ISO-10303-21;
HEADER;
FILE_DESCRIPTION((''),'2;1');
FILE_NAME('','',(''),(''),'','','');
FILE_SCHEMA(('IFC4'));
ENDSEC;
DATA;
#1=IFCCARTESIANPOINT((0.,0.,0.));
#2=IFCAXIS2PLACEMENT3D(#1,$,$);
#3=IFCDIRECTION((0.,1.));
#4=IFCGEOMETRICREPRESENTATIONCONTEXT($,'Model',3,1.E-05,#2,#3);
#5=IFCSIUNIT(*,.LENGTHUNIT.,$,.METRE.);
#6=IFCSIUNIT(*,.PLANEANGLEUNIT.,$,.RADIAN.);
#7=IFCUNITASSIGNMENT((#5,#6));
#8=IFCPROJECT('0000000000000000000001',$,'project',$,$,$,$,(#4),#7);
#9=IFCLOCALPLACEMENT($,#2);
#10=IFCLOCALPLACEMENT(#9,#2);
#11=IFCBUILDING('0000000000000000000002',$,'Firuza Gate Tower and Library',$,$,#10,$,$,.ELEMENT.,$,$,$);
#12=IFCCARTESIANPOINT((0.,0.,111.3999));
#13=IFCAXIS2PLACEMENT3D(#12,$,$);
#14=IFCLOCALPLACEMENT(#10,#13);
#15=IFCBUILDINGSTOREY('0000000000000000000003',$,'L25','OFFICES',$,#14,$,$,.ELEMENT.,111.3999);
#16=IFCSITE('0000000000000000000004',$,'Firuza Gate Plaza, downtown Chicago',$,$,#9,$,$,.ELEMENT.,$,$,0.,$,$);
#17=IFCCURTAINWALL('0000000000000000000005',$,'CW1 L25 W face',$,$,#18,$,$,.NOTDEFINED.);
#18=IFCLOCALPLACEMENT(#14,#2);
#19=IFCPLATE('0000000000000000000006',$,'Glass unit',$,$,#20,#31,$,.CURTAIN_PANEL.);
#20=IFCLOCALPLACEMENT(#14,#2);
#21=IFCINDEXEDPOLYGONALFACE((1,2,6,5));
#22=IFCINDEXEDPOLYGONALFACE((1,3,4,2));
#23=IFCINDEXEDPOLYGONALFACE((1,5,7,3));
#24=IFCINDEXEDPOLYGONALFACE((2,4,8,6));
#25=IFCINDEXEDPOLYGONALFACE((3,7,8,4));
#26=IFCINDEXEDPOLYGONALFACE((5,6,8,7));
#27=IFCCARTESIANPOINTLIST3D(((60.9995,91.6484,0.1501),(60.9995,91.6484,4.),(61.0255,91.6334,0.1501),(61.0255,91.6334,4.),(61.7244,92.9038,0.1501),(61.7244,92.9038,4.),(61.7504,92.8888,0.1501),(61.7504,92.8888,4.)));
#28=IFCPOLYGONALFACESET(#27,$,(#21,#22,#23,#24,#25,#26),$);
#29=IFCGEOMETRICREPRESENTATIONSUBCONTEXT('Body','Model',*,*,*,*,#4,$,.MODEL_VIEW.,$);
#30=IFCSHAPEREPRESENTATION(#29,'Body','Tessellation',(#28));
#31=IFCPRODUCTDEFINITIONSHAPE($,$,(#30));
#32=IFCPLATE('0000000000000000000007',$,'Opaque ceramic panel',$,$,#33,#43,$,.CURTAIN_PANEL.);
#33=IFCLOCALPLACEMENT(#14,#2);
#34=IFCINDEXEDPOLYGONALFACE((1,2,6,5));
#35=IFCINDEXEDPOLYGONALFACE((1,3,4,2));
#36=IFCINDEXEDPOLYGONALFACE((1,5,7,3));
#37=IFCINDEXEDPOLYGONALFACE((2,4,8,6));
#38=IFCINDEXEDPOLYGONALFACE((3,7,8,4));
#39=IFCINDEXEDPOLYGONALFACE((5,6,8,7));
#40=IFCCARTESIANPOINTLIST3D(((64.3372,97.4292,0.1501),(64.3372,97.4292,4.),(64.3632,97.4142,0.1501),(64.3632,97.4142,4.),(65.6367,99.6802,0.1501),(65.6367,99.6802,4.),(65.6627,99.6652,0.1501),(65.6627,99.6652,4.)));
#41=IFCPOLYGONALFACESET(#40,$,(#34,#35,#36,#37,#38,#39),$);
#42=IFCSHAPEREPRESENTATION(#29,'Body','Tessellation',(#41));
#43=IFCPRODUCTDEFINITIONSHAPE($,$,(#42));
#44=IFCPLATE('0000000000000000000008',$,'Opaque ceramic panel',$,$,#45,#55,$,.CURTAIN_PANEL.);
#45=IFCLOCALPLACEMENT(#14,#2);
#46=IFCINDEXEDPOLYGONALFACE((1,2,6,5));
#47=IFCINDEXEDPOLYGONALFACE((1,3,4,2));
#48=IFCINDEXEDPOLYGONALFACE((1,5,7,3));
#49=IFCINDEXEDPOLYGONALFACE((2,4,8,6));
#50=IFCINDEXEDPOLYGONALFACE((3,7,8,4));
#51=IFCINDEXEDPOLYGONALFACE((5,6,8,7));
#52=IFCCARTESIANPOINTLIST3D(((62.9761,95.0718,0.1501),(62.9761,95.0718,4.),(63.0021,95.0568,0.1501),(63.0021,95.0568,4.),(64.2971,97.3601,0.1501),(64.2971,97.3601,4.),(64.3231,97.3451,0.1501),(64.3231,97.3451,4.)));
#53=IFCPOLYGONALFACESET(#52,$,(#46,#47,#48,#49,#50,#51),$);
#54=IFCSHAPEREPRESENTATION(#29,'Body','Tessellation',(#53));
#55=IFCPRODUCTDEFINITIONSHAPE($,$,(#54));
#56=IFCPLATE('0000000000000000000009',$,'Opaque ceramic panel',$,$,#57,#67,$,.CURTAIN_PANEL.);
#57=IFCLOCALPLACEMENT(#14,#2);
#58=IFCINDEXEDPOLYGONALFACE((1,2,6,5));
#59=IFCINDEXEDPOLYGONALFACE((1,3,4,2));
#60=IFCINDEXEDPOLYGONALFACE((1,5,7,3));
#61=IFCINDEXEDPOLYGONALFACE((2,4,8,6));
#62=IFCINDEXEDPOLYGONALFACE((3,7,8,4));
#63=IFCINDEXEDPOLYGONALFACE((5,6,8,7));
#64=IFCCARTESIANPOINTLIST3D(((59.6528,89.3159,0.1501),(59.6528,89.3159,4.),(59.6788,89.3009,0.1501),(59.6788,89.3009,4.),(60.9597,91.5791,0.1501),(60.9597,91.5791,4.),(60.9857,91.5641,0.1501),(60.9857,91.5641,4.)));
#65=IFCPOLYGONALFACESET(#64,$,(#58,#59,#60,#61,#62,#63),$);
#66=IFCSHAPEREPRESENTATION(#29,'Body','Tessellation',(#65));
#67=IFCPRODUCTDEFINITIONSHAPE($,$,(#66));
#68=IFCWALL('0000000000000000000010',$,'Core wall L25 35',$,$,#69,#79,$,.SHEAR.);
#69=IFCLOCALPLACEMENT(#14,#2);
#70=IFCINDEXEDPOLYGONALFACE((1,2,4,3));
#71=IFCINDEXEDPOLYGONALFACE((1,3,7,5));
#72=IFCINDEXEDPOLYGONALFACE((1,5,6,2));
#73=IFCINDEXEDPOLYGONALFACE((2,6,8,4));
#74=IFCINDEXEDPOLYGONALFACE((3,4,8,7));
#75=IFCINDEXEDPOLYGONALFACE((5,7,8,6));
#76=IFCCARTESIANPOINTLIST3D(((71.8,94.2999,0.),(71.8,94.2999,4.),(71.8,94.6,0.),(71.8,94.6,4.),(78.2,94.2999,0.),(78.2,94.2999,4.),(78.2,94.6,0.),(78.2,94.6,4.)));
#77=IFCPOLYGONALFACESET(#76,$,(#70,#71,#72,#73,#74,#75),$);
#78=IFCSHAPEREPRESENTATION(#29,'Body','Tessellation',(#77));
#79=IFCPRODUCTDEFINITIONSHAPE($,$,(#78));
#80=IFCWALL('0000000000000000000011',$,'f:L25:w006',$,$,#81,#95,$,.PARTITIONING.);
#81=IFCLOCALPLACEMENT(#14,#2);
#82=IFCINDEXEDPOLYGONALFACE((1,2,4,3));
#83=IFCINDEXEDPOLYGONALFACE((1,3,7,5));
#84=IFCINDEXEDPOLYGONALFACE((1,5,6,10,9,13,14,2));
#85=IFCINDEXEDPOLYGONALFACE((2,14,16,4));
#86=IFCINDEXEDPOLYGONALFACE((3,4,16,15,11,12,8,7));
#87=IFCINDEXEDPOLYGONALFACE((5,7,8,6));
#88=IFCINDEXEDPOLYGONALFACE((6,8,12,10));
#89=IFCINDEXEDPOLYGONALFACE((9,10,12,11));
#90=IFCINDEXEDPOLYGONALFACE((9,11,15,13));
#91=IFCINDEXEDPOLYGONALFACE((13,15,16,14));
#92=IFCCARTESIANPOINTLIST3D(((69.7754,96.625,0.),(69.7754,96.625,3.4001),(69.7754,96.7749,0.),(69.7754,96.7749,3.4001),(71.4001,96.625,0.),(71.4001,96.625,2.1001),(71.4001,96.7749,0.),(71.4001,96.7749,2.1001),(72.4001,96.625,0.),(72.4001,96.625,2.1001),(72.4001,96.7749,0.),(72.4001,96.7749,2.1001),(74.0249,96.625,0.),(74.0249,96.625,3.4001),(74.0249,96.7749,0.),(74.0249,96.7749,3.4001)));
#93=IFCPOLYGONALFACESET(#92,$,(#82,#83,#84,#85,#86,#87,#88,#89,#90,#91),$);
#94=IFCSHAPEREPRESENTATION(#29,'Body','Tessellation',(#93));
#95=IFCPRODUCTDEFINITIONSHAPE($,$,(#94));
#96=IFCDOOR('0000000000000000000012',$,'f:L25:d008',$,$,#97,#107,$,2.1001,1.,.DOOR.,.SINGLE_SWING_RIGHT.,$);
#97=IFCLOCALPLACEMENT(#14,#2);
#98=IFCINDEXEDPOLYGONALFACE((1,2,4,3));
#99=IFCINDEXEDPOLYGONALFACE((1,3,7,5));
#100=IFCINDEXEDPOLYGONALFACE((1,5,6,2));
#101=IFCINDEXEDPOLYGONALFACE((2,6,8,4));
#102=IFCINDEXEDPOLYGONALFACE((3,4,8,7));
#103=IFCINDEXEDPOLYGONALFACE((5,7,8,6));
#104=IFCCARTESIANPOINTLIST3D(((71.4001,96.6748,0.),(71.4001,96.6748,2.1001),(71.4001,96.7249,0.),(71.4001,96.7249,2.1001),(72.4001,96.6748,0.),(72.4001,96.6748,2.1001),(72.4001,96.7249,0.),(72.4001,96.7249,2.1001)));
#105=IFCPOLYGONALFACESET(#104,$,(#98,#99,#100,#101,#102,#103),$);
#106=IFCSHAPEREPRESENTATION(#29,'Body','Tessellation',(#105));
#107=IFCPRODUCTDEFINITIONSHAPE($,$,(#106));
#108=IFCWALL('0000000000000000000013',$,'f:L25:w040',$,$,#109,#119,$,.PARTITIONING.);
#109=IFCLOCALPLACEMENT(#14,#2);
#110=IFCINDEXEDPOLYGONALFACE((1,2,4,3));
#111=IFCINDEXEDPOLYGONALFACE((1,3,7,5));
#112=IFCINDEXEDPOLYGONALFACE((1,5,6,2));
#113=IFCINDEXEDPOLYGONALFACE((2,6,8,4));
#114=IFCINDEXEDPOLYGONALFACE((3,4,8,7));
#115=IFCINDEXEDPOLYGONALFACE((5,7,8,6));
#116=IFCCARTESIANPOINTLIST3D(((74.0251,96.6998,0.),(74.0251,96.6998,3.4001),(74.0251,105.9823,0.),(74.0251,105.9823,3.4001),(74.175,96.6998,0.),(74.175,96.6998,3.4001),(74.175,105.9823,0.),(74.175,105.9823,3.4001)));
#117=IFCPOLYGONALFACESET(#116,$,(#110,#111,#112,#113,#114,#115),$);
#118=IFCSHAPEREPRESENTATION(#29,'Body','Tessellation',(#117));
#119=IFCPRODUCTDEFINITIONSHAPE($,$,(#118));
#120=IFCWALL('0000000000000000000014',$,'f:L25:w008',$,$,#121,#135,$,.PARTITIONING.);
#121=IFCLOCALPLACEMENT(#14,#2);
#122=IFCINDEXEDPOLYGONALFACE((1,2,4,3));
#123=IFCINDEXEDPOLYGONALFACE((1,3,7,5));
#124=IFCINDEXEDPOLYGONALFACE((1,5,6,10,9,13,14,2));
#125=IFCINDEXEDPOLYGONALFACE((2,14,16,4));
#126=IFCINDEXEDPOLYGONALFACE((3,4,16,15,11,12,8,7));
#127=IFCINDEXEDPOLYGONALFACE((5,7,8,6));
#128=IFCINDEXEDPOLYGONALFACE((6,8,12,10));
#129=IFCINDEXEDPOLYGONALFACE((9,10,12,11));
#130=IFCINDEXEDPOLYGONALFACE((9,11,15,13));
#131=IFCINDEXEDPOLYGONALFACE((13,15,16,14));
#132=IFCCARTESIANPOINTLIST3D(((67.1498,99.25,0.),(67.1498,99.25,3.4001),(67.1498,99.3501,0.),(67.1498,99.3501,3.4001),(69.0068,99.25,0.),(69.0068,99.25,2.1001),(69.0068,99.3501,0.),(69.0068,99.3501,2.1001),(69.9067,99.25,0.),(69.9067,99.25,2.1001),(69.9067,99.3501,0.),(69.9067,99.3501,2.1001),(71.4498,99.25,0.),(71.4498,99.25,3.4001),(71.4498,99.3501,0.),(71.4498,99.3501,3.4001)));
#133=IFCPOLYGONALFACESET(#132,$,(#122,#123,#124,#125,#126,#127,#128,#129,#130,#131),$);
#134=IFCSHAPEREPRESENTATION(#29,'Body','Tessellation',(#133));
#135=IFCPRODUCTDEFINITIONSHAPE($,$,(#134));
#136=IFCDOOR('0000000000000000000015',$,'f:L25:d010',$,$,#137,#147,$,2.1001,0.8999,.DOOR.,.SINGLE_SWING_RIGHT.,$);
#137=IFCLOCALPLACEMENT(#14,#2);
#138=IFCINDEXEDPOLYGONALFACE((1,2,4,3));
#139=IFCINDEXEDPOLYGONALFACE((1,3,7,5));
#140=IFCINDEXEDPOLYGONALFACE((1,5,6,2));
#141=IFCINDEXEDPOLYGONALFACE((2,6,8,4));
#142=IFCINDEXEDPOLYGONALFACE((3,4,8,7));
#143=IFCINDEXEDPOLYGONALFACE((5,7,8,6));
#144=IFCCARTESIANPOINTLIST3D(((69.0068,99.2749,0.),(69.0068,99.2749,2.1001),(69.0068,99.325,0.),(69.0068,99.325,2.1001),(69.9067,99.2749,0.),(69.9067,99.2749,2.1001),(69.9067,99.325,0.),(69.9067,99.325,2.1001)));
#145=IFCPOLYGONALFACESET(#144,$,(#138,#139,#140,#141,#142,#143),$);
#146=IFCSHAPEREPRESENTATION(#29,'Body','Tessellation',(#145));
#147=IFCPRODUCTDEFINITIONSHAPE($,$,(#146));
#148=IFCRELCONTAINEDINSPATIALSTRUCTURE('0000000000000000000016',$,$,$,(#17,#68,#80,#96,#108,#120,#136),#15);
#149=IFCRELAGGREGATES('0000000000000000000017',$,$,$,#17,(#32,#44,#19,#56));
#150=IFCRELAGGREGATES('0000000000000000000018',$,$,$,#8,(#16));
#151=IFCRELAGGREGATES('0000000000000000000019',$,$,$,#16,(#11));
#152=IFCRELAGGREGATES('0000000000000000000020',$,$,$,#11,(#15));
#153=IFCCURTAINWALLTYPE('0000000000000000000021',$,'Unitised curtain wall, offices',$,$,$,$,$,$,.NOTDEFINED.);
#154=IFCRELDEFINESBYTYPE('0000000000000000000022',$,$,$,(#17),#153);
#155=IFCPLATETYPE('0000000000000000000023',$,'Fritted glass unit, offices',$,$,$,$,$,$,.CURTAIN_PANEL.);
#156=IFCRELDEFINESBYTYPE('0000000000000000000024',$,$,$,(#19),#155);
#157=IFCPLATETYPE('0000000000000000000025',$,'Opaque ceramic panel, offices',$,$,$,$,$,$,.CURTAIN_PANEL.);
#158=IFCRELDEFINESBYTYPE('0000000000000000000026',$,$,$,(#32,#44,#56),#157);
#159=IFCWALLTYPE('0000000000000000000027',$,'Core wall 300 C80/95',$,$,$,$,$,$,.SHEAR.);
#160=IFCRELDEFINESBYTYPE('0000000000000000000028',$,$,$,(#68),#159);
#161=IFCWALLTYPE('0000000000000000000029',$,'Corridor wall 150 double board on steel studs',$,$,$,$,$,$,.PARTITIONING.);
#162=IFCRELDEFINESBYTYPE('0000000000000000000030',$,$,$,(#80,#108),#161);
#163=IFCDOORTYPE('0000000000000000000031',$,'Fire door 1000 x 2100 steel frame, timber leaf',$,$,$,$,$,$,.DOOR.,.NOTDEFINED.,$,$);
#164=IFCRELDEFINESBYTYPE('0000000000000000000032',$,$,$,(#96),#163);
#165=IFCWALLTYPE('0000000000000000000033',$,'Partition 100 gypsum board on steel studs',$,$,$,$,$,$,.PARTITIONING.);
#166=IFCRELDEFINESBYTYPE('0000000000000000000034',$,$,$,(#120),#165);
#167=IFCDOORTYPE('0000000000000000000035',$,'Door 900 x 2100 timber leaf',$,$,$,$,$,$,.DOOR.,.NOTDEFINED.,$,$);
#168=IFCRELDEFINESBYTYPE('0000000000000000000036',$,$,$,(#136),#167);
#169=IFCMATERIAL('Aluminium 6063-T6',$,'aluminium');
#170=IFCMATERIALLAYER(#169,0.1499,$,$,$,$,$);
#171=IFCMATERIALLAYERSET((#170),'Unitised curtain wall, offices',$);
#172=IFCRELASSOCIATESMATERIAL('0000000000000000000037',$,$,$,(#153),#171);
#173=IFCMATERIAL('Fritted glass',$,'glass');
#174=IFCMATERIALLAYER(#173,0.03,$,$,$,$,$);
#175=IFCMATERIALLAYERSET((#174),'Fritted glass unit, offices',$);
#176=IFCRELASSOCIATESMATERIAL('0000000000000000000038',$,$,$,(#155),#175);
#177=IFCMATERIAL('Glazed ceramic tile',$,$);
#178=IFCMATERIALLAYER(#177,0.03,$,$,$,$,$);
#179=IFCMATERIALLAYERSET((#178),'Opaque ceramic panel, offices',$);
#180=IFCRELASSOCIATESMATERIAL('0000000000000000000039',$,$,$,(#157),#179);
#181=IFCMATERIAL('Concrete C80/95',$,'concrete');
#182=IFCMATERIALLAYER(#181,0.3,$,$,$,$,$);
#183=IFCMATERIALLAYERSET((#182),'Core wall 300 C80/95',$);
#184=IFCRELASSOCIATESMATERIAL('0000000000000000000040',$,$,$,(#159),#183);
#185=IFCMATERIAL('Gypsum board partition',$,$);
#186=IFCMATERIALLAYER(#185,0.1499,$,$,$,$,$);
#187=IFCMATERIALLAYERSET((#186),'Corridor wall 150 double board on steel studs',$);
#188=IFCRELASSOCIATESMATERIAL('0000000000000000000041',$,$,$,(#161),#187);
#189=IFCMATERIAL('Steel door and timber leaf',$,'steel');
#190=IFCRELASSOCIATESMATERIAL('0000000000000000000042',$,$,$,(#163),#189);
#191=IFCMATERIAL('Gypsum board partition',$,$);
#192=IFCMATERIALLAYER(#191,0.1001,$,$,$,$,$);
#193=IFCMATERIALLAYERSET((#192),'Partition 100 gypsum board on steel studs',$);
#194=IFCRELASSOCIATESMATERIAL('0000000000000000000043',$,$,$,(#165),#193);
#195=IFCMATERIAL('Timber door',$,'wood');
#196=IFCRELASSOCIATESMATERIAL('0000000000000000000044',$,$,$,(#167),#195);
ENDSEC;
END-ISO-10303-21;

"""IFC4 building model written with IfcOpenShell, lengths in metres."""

from ifc_helpers import new_model, si_unit, direction, frame, frame_2d, origin, place, context, subcontext, project, spatial, polyline, rectangle, outline, extrude, material, layer, layer_set, type_object, element, fill, aggregate, save


model = new_model("IFC4")

# Units and contexts
model_context = context("Model", 3, precision=1e-05, world=origin(), true_north=direction((0.0, 1.0)))
body_context = subcontext(model_context, "Body", "Model", "MODEL_VIEW")
ifc_project = project(units=[si_unit("LENGTHUNIT", "METRE"), si_unit("PLANEANGLEUNIT", "RADIAN")], contexts=[model_context])

# Site, building, storey
site_placement = place(None, origin())
site = spatial("IfcSite", under=ifc_project, at=site_placement, Name="Firuza Gate Plaza, downtown Chicago", CompositionType="ELEMENT", RefElevation=0.0)
building_placement = place(site_placement, origin())
building = spatial("IfcBuilding", under=site, at=building_placement, Name="Firuza Gate Tower and Library", CompositionType="ELEMENT")
storey_placement = place(building_placement, frame((0.0, 0.0, 111.3999)))
storey = spatial("IfcBuildingStorey", under=building, at=storey_placement, Name="L25", Description="OFFICES", CompositionType="ELEMENT", Elevation=111.3999)

# Curtain wall
ifc_material_1 = material(Name="Aluminium 6063-T6", Category="aluminium")
ifc_layer_1 = layer(ifc_material_1, 0.1499)
ifc_layer_set_1 = layer_set([ifc_layer_1], Name="Unitised curtain wall, offices")
curtain_wall_type = type_object("IfcCurtainWallType", Name="Unitised curtain wall, offices", PredefinedType="NOTDEFINED", material=ifc_layer_set_1)
placement = place(storey_placement, origin())
curtain_wall = element("IfcCurtainWall", 1, at=placement, inside=storey, type_object=curtain_wall_type, Name="CW1 L25 W face", PredefinedType="NOTDEFINED")

# Plates
ifc_material_2 = material(Name="Fritted glass", Category="glass")
ifc_layer_2 = layer(ifc_material_2, 0.03)
ifc_layer_set_2 = layer_set([ifc_layer_2], Name="Fritted glass unit, offices")
plate_type_1 = type_object("IfcPlateType", Name="Fritted glass unit, offices", PredefinedType="CURTAIN_PANEL", material=ifc_layer_set_2)
plate_1_placement = place(storey_placement, frame((61.7244, 92.9038, 0.1501), z_axis=(-0.866006, 0.500033, 0.0), x_axis=(-0.500033, -0.866006, 0.0)))
plate_1 = element("IfcPlate", 2, at=plate_1_placement, type_object=plate_type_1, Name="Glass unit", PredefinedType="CURTAIN_PANEL", context=body_context, shape_type="SweptSolid", body=[
    extrude(outline(polyline([(0.0, 0.0), (1.4496, 0.0), (1.4496, 3.8499), (0.0, 3.8499), (0.0, 0.0)])), origin(), (0.0, 0.0, -1.0), 0.03),
])
ifc_material_3 = material(Name="Glazed ceramic tile")
ifc_layer_3 = layer(ifc_material_3, 0.03)
ifc_layer_set_3 = layer_set([ifc_layer_3], Name="Opaque ceramic panel, offices")
plate_type_2 = type_object("IfcPlateType", Name="Opaque ceramic panel, offices", PredefinedType="CURTAIN_PANEL", material=ifc_layer_set_3)
plate_2_placement = place(storey_placement, frame((65.6367, 99.6802, 0.1501), z_axis=(-0.866032, 0.499988, 0.0), x_axis=(-0.499988, -0.866032, 0.0)))
plate_2 = element("IfcPlate", 3, at=plate_2_placement, type_object=plate_type_2, Name="Opaque ceramic panel", PredefinedType="CURTAIN_PANEL", context=body_context, shape_type="SweptSolid", body=[
    extrude(outline(polyline([(0.0, 0.0), (2.5992, 0.0), (2.5992, 3.8499), (0.0, 3.8499), (0.0, 0.0)])), origin(), (0.0, 0.0, -1.0), 0.03),
])
plate_3_placement = place(storey_placement, frame((64.2971, 97.3601, 0.1501), z_axis=(-0.866046, 0.499965, 0.0), x_axis=(-0.499965, -0.866046, 0.0)))
plate_3 = element("IfcPlate", 4, at=plate_3_placement, type_object=plate_type_2, Name="Opaque ceramic panel", PredefinedType="CURTAIN_PANEL", context=body_context, shape_type="SweptSolid", body=[
    extrude(outline(polyline([(0.0, 0.0), (2.6423, 0.0), (2.6423, 3.8499), (0.0, 3.8499), (0.0, 0.0)])), origin(), (0.0, 0.0, -1.0), 0.03),
])
plate_4_placement = place(storey_placement, frame((60.9597, 91.5791, 0.1501), z_axis=(-0.865986, 0.500067, 0.0), x_axis=(-0.500067, -0.865986, 0.0)))
plate_4 = element("IfcPlate", 5, at=plate_4_placement, type_object=plate_type_2, Name="Opaque ceramic panel", PredefinedType="CURTAIN_PANEL", context=body_context, shape_type="SweptSolid", body=[
    extrude(outline(polyline([(0.0, 0.0), (2.6134, 0.0), (2.6134, 3.8499), (0.0, 3.8499), (0.0, 0.0)])), origin(), (0.0, 0.0, -1.0), 0.03),
])
aggregate(curtain_wall, [plate_2, plate_3, plate_1, plate_4])

# Wall
ifc_material_4 = material(Name="Concrete C80/95", Category="concrete")
ifc_layer_4 = layer(ifc_material_4, 0.3)
ifc_layer_set_4 = layer_set([ifc_layer_4], Name="Core wall 300 C80/95")
wall_type_1 = type_object("IfcWallType", Name="Core wall 300 C80/95", PredefinedType="SHEAR", material=ifc_layer_set_4)
wall_1_placement = place(storey_placement, frame((71.8, 94.45, 0.0), z_axis=(0.0, 0.0, 1.0), x_axis=(1.0, 0.0, 0.0)))
element("IfcWall", 6, at=wall_1_placement, inside=storey, type_object=wall_type_1, Name="Core wall L25 35", PredefinedType="SHEAR", context=body_context, shape_type="SweptSolid", body=[
    extrude(rectangle(XDim=6.3999, YDim=0.3, at=frame_2d((3.2, 0.0))), origin(), (0.0, 0.0, 1.0), 4.0),
])

# Wall, opening, door
ifc_material_5 = material(Name="Gypsum board partition")
ifc_layer_5 = layer(ifc_material_5, 0.1499)
ifc_layer_set_5 = layer_set([ifc_layer_5], Name="Corridor wall 150 double board on steel studs")
wall_type_2 = type_object("IfcWallType", Name="Corridor wall 150 double board on steel studs", PredefinedType="PARTITIONING", material=ifc_layer_set_5)
wall_2_placement = place(storey_placement, frame((69.7754, 96.7, 0.0), z_axis=(0.0, 0.0, 1.0), x_axis=(1.0, 0.0, 0.0)))
wall_2 = element("IfcWall", 7, at=wall_2_placement, inside=storey, type_object=wall_type_2, Name="f:L25:w006", PredefinedType="PARTITIONING", context=body_context, shape_type="SweptSolid", body=[
    extrude(rectangle(XDim=4.2495, YDim=0.1499, at=frame_2d((2.1248, 0.0))), origin(), (0.0, 0.0, 1.0), 3.4001),
])
opening_1_placement = place(wall_2_placement, frame((1.6248, 0.0, 0.0)))
opening_1 = element("IfcOpeningElement", 8, at=opening_1_placement, cuts=wall_2, PredefinedType="OPENING", context=body_context, shape_type="SweptSolid", body=[
    extrude(rectangle(XDim=1.0, YDim=2.1001, at=frame_2d((0.5, 1.05))), frame((0.0, 0.085, 0.0), z_axis=(0.0, -1.0, 0.0), x_axis=(1.0, 0.0, 0.0)), (0.0, 0.0, 1.0), 0.1699),
])
ifc_material_6 = material(Name="Steel door and timber leaf", Category="steel")
door_type_1 = type_object("IfcDoorType", Name="Fire door 1000 x 2100 steel frame, timber leaf", OperationType="NOTDEFINED", PredefinedType="DOOR", material=ifc_material_6)
door_1_placement = place(opening_1_placement, origin())
door_1 = element("IfcDoor", 9, at=door_1_placement, inside=storey, type_object=door_type_1, Name="f:L25:d008", OperationType="SINGLE_SWING_RIGHT", OverallHeight=2.1001, OverallWidth=1.0, PredefinedType="DOOR", context=body_context, shape_type="SweptSolid", body=[
    extrude(rectangle(XDim=1.0, YDim=2.1001, at=frame_2d((0.5, 1.05))), frame((0.0, 0.0249, 0.0), z_axis=(0.0, -1.0, 0.0), x_axis=(1.0, 0.0, 0.0)), (0.0, 0.0, 1.0), 0.05),
])
fill(opening_1, door_1)

# Wall
wall_3_placement = place(storey_placement, frame((74.1001, 96.7, 0.0), z_axis=(0.0, 0.0, 1.0), x_axis=(0.0, 1.0, 0.0)))
element("IfcWall", 10, at=wall_3_placement, inside=storey, type_object=wall_type_2, Name="f:L25:w040", PredefinedType="PARTITIONING", context=body_context, shape_type="SweptSolid", body=[
    extrude(rectangle(XDim=9.2825, YDim=0.1499, at=frame_2d((4.6411, 0.0))), origin(), (0.0, 0.0, 1.0), 3.4001),
])

# Wall, opening, door
ifc_material_7 = material(Name="Gypsum board partition")
ifc_layer_6 = layer(ifc_material_7, 0.1001)
ifc_layer_set_6 = layer_set([ifc_layer_6], Name="Partition 100 gypsum board on steel studs")
wall_type_3 = type_object("IfcWallType", Name="Partition 100 gypsum board on steel studs", PredefinedType="PARTITIONING", material=ifc_layer_set_6)
wall_4_placement = place(storey_placement, frame((67.1499, 99.3, 0.0), z_axis=(0.0, 0.0, 1.0), x_axis=(1.0, 0.0, 0.0)))
wall_4 = element("IfcWall", 11, at=wall_4_placement, inside=storey, type_object=wall_type_3, Name="f:L25:w008", PredefinedType="PARTITIONING", context=body_context, shape_type="SweptSolid", body=[
    extrude(rectangle(XDim=4.3, YDim=0.1001, at=frame_2d((2.1499, 0.0))), origin(), (0.0, 0.0, 1.0), 3.4001),
])
opening_2_placement = place(wall_4_placement, frame((1.8569, 0.0, 0.0)))
opening_2 = element("IfcOpeningElement", 12, at=opening_2_placement, cuts=wall_4, PredefinedType="OPENING", context=body_context, shape_type="SweptSolid", body=[
    extrude(rectangle(XDim=0.8999, YDim=2.1001, at=frame_2d((0.45, 1.05))), frame((0.0, 0.0601, 0.0), z_axis=(0.0, -1.0, 0.0), x_axis=(1.0, 0.0, 0.0)), (0.0, 0.0, 1.0), 0.1201),
])
ifc_material_8 = material(Name="Timber door", Category="wood")
door_type_2 = type_object("IfcDoorType", Name="Door 900 x 2100 timber leaf", OperationType="NOTDEFINED", PredefinedType="DOOR", material=ifc_material_8)
door_2_placement = place(opening_2_placement, origin())
door_2 = element("IfcDoor", 13, at=door_2_placement, inside=storey, type_object=door_type_2, Name="f:L25:d010", OperationType="SINGLE_SWING_RIGHT", OverallHeight=2.1001, OverallWidth=0.8999, PredefinedType="DOOR", context=body_context, shape_type="SweptSolid", body=[
    extrude(rectangle(XDim=0.8999, YDim=2.1001, at=frame_2d((0.45, 1.05))), frame((0.0, 0.0249, 0.0), z_axis=(0.0, -1.0, 0.0), x_axis=(1.0, 0.0, 0.0)), (0.0, 0.0, 1.0), 0.05),
])
fill(opening_2, door_2)

save(model, "model.ifc")
